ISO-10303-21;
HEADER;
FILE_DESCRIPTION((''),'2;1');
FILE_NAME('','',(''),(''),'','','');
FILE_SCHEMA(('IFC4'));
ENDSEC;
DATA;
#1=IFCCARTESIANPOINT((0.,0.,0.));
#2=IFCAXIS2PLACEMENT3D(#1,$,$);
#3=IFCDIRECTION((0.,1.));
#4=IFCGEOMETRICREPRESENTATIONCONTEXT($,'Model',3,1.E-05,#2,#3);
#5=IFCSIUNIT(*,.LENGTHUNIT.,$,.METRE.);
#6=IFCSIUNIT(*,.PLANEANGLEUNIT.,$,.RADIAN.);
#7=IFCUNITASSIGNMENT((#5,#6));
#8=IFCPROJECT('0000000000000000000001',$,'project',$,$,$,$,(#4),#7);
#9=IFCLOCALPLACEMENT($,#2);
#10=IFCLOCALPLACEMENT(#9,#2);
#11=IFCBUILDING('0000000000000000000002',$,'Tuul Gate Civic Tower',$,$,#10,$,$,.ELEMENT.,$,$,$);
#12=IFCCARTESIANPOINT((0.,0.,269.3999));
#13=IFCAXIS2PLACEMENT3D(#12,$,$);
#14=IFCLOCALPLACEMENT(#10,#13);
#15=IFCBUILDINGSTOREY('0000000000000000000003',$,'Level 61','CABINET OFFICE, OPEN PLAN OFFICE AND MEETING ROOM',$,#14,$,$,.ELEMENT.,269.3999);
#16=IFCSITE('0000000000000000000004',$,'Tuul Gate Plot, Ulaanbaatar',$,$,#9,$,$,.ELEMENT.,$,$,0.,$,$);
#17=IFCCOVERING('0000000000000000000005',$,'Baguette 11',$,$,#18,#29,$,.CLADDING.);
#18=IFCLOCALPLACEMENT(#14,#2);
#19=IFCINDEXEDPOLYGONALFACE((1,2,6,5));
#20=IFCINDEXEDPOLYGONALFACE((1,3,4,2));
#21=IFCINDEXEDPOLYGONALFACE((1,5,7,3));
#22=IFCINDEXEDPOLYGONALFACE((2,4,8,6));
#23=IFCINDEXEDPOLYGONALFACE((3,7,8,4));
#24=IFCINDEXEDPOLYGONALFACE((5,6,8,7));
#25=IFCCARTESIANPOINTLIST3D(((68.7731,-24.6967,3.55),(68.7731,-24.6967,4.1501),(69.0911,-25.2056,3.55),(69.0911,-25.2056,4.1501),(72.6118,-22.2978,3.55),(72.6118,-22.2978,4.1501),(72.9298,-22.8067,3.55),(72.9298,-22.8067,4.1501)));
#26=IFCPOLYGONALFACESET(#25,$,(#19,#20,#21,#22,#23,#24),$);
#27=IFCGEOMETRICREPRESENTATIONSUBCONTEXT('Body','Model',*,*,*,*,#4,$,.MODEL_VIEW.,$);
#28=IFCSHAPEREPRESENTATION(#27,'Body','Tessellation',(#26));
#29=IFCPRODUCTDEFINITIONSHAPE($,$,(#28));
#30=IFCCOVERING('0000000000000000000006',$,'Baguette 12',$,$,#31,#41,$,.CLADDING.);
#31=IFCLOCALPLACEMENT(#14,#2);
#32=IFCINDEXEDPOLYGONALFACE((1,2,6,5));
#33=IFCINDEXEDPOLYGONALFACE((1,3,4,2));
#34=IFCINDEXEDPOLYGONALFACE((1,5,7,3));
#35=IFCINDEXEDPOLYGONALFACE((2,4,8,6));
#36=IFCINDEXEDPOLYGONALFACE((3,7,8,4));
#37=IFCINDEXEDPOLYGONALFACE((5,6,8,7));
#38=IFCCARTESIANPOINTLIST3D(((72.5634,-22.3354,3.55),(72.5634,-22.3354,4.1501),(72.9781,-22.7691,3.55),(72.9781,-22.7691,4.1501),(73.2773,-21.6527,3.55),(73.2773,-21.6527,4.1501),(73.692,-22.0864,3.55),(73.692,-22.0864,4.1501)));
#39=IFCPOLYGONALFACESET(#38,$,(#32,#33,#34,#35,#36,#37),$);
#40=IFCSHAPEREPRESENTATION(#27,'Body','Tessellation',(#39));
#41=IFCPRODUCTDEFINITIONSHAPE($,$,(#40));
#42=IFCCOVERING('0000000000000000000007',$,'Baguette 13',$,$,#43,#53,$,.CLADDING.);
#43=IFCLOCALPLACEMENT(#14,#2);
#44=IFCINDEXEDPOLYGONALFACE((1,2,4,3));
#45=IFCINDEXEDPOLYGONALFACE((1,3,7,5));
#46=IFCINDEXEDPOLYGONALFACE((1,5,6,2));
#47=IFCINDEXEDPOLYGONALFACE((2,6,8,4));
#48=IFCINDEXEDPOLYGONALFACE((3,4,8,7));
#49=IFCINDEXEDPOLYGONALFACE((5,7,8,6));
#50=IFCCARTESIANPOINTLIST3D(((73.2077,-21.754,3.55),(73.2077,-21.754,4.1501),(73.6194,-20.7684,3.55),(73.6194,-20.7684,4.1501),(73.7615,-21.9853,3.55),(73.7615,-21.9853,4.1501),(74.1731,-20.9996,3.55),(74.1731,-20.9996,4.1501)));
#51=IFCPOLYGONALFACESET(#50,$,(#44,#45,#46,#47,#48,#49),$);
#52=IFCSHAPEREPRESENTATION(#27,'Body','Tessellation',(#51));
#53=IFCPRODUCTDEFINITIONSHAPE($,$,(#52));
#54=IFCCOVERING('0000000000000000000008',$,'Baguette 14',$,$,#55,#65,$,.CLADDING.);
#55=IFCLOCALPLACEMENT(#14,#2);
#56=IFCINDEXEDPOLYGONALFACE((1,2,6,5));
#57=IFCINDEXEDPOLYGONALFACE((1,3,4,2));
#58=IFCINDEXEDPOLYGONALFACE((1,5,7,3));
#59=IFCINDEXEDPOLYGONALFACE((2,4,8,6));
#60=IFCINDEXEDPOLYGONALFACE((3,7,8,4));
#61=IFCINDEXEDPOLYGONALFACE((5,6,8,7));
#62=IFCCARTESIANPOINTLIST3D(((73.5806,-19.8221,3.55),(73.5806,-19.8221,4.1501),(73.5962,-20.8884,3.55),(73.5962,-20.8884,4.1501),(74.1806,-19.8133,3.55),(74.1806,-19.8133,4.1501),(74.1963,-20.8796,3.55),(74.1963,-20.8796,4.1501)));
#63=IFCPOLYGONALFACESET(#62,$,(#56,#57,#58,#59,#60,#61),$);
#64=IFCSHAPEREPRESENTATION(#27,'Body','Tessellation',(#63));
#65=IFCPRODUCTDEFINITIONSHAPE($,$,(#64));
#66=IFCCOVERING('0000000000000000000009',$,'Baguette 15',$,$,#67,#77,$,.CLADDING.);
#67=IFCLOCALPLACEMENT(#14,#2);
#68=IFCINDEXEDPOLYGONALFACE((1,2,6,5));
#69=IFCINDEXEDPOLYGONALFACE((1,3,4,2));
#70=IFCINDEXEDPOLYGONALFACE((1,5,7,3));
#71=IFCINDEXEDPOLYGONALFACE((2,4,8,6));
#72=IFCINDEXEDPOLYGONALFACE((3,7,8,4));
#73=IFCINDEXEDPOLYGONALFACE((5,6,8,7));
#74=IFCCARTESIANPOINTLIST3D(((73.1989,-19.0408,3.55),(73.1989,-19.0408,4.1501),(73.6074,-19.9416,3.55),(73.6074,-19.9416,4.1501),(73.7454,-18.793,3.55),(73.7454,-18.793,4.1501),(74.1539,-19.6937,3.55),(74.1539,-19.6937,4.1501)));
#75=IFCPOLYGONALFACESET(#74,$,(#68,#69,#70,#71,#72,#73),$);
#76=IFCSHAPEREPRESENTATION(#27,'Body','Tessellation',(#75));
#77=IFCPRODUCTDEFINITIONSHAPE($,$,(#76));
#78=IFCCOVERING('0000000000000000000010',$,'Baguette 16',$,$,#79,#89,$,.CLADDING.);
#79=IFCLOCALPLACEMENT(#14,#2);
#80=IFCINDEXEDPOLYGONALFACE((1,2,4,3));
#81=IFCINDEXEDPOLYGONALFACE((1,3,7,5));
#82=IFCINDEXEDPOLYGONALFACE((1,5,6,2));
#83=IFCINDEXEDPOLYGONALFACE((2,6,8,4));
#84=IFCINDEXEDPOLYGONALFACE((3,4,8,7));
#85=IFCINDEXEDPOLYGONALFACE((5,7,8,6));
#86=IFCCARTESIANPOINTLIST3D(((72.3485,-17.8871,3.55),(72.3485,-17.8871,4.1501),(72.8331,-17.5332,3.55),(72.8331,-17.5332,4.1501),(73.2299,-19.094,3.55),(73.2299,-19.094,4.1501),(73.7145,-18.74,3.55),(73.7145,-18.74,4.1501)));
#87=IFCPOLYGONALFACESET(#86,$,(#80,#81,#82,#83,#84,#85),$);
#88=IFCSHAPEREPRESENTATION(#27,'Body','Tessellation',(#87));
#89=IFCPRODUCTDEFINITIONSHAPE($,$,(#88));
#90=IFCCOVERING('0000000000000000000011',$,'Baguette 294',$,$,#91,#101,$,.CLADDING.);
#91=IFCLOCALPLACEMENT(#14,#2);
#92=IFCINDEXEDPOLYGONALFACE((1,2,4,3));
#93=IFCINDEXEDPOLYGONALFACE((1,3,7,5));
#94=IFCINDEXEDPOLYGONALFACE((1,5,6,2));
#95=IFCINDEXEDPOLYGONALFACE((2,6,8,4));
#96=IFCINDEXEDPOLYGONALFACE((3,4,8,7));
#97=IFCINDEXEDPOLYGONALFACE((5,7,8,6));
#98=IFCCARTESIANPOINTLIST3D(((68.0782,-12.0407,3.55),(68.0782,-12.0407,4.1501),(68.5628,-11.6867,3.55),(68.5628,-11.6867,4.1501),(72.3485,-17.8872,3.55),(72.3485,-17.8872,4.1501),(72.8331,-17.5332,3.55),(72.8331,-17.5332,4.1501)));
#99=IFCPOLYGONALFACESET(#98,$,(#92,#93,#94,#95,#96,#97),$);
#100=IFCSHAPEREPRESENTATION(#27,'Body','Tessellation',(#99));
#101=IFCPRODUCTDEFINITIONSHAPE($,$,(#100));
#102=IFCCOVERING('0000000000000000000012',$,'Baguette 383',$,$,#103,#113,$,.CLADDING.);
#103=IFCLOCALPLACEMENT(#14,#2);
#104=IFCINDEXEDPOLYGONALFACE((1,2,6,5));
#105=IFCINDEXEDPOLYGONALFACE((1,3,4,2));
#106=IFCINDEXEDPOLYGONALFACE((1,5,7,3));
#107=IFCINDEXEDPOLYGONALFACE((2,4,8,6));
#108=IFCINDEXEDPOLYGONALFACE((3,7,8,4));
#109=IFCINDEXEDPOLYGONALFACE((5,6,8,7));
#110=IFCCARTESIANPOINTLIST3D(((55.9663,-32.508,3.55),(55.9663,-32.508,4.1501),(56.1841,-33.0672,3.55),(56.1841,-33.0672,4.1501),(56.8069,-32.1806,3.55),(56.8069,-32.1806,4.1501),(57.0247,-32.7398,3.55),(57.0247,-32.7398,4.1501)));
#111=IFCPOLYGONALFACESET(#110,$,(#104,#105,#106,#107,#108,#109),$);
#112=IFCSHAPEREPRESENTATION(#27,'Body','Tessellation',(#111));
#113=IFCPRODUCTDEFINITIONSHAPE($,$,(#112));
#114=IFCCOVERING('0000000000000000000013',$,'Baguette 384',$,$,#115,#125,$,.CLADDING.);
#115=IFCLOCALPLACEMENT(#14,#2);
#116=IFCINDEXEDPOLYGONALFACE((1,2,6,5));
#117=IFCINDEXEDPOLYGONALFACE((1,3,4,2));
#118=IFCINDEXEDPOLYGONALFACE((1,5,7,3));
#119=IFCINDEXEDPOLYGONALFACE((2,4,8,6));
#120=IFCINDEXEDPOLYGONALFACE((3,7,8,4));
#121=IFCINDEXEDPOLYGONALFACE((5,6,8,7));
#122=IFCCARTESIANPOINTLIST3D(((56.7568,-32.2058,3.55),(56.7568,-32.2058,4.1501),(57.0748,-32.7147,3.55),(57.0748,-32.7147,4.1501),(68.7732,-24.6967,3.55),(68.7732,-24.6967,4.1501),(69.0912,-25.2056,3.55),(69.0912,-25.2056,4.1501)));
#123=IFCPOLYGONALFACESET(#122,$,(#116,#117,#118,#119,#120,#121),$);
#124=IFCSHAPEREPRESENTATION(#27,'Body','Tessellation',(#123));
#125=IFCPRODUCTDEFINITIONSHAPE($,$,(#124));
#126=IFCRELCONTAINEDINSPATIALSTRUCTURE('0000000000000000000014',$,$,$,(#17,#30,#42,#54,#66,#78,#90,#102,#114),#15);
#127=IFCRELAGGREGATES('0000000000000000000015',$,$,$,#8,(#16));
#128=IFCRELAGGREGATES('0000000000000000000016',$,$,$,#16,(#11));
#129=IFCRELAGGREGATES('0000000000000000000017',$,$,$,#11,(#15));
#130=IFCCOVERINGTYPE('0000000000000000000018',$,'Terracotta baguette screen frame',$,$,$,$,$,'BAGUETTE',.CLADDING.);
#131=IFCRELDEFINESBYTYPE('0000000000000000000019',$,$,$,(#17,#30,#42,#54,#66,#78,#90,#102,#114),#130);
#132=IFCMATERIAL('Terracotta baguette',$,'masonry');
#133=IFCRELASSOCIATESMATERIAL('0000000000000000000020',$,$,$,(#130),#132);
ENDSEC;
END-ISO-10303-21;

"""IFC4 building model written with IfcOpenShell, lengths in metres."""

from ifc_helpers import new_model, si_unit, direction, frame, origin, origin_2d, place, context, subcontext, project, spatial, rectangle, extrude, material, material_profile, profile_set, type_object, element, save


model = new_model("IFC4")

# Units and contexts
model_context = context("Model", 3, precision=1e-05, world=origin(), true_north=direction((0.0, 1.0)))
body_context = subcontext(model_context, "Body", "Model", "MODEL_VIEW")
ifc_project = project(units=[si_unit("LENGTHUNIT", "METRE"), si_unit("PLANEANGLEUNIT", "RADIAN")], contexts=[model_context])

# Site, building, storey
site_placement = place(None, origin())
site = spatial("IfcSite", under=ifc_project, at=site_placement, Name="Tuul Gate Plot, Ulaanbaatar", CompositionType="ELEMENT", RefElevation=0.0)
building_placement = place(site_placement, origin())
building = spatial("IfcBuilding", under=site, at=building_placement, Name="Tuul Gate Civic Tower", CompositionType="ELEMENT")
storey_placement = place(building_placement, frame((0.0, 0.0, 269.3999)))
storey = spatial("IfcBuildingStorey", under=building, at=storey_placement, Name="Level 61", Description="CABINET OFFICE, OPEN PLAN OFFICE AND MEETING ROOM", CompositionType="ELEMENT", Elevation=269.3999)

# Coverings
ifc_material_1 = material(Name="Terracotta baguette", Category="masonry")
ifc_material_profile_1 = material_profile(ifc_material_1, rectangle(XDim=0.6001, YDim=0.6001, at=origin_2d()), Name="Terracotta baguette screen frame")
ifc_profile_set_1 = profile_set([ifc_material_profile_1], Name="Terracotta baguette")
covering_type = type_object("IfcCoveringType", Name="Terracotta baguette screen frame", ElementType="BAGUETTE", PredefinedType="CLADDING", material=ifc_profile_set_1)
covering_1_placement = place(storey_placement, frame((68.9321, -24.9512, 3.8501), z_axis=(0.84802, 0.529965, 0.0), x_axis=(-0.529965, 0.84802, 0.0)))
element("IfcCovering", 1, at=covering_1_placement, inside=storey, type_object=covering_type, Name="Baguette 11", PredefinedType="CLADDING", context=body_context, shape_type="SweptSolid", body=[
    extrude(rectangle(XDim=0.6001, YDim=0.6001, at=origin_2d()), origin(), (0.0, 0.0, 1.0), 4.5266),
])
covering_2_placement = place(storey_placement, frame((72.7708, -22.5522, 3.8501), z_axis=(0.722749, 0.69111, 0.0), x_axis=(-0.69111, 0.722749, 0.0)))
element("IfcCovering", 2, at=covering_2_placement, inside=storey, type_object=covering_type, Name="Baguette 12", PredefinedType="CLADDING", context=body_context, shape_type="SweptSolid", body=[
    extrude(rectangle(XDim=0.6001, YDim=0.6001, at=origin_2d()), origin(), (0.0, 0.0, 1.0), 0.9878),
])
covering_3_placement = place(storey_placement, frame((73.4846, -21.8696, 3.8501), z_axis=(0.385378, 0.922759, 0.0), x_axis=(-0.922759, 0.385378, 0.0)))
element("IfcCovering", 3, at=covering_3_placement, inside=storey, type_object=covering_type, Name="Baguette 13", PredefinedType="CLADDING", context=body_context, shape_type="SweptSolid", body=[
    extrude(rectangle(XDim=0.6001, YDim=0.6001, at=origin_2d()), origin(), (0.0, 0.0, 1.0), 1.0681),
])
covering_4_placement = place(storey_placement, frame((73.8962, -20.884, 3.8501), z_axis=(-0.01465, 0.999893, 0.0), x_axis=(-0.999893, -0.01465, 0.0)))
element("IfcCovering", 4, at=covering_4_placement, inside=storey, type_object=covering_type, Name="Baguette 14", PredefinedType="CLADDING", context=body_context, shape_type="SweptSolid", body=[
    extrude(rectangle(XDim=0.6001, YDim=0.6001, at=origin_2d()), origin(), (0.0, 0.0, 1.0), 1.0664),
])
covering_5_placement = place(storey_placement, frame((73.8806, -19.8176, 3.8501), z_axis=(-0.413022, 0.910721, 0.0), x_axis=(-0.910721, -0.413022, 0.0)))
element("IfcCovering", 5, at=covering_5_placement, inside=storey, type_object=covering_type, Name="Baguette 15", PredefinedType="CLADDING", context=body_context, shape_type="SweptSolid", body=[
    extrude(rectangle(XDim=0.6001, YDim=0.6001, at=origin_2d()), origin(), (0.0, 0.0, 1.0), 0.989),
])
covering_6_placement = place(storey_placement, frame((73.4722, -18.917, 3.8501), z_axis=(-0.589783, 0.807562, 0.0), x_axis=(-0.807562, -0.589783, 0.0)))
element("IfcCovering", 6, at=covering_6_placement, inside=storey, type_object=covering_type, Name="Baguette 16", PredefinedType="CLADDING", context=body_context, shape_type="SweptSolid", body=[
    extrude(rectangle(XDim=0.6001, YDim=0.6001, at=origin_2d()), origin(), (0.0, 0.0, 1.0), 1.4944),
])
covering_7_placement = place(storey_placement, frame((72.5908, -17.7102, 3.8501), z_axis=(-0.589825, 0.807531, 0.0), x_axis=(-0.807531, -0.589825, 0.0)))
element("IfcCovering", 7, at=covering_7_placement, inside=storey, type_object=covering_type, Name="Baguette 294", PredefinedType="CLADDING", context=body_context, shape_type="SweptSolid", body=[
    extrude(rectangle(XDim=0.6001, YDim=0.6001, at=origin_2d()), origin(), (0.0, 0.0, 1.0), 7.24),
])
covering_8_placement = place(storey_placement, frame((56.0752, -32.7876, 3.8501), z_axis=(0.931817, 0.362929, 0.0), x_axis=(-0.362929, 0.931817, 0.0)))
element("IfcCovering", 8, at=covering_8_placement, inside=storey, type_object=covering_type, Name="Baguette 383", PredefinedType="CLADDING", context=body_context, shape_type="SweptSolid", body=[
    extrude(rectangle(XDim=0.6001, YDim=0.6001, at=origin_2d()), origin(), (0.0, 0.0, 1.0), 0.9021),
])
covering_9_placement = place(storey_placement, frame((56.9158, -32.4602, 3.8501), z_axis=(0.848036, 0.529939, 0.0), x_axis=(-0.529939, 0.848036, 0.0)))
element("IfcCovering", 9, at=covering_9_placement, inside=storey, type_object=covering_type, Name="Baguette 384", PredefinedType="CLADDING", context=body_context, shape_type="SweptSolid", body=[
    extrude(rectangle(XDim=0.6001, YDim=0.6001, at=origin_2d()), origin(), (0.0, 0.0, 1.0), 14.1697),
])

save(model, "model.ifc")
